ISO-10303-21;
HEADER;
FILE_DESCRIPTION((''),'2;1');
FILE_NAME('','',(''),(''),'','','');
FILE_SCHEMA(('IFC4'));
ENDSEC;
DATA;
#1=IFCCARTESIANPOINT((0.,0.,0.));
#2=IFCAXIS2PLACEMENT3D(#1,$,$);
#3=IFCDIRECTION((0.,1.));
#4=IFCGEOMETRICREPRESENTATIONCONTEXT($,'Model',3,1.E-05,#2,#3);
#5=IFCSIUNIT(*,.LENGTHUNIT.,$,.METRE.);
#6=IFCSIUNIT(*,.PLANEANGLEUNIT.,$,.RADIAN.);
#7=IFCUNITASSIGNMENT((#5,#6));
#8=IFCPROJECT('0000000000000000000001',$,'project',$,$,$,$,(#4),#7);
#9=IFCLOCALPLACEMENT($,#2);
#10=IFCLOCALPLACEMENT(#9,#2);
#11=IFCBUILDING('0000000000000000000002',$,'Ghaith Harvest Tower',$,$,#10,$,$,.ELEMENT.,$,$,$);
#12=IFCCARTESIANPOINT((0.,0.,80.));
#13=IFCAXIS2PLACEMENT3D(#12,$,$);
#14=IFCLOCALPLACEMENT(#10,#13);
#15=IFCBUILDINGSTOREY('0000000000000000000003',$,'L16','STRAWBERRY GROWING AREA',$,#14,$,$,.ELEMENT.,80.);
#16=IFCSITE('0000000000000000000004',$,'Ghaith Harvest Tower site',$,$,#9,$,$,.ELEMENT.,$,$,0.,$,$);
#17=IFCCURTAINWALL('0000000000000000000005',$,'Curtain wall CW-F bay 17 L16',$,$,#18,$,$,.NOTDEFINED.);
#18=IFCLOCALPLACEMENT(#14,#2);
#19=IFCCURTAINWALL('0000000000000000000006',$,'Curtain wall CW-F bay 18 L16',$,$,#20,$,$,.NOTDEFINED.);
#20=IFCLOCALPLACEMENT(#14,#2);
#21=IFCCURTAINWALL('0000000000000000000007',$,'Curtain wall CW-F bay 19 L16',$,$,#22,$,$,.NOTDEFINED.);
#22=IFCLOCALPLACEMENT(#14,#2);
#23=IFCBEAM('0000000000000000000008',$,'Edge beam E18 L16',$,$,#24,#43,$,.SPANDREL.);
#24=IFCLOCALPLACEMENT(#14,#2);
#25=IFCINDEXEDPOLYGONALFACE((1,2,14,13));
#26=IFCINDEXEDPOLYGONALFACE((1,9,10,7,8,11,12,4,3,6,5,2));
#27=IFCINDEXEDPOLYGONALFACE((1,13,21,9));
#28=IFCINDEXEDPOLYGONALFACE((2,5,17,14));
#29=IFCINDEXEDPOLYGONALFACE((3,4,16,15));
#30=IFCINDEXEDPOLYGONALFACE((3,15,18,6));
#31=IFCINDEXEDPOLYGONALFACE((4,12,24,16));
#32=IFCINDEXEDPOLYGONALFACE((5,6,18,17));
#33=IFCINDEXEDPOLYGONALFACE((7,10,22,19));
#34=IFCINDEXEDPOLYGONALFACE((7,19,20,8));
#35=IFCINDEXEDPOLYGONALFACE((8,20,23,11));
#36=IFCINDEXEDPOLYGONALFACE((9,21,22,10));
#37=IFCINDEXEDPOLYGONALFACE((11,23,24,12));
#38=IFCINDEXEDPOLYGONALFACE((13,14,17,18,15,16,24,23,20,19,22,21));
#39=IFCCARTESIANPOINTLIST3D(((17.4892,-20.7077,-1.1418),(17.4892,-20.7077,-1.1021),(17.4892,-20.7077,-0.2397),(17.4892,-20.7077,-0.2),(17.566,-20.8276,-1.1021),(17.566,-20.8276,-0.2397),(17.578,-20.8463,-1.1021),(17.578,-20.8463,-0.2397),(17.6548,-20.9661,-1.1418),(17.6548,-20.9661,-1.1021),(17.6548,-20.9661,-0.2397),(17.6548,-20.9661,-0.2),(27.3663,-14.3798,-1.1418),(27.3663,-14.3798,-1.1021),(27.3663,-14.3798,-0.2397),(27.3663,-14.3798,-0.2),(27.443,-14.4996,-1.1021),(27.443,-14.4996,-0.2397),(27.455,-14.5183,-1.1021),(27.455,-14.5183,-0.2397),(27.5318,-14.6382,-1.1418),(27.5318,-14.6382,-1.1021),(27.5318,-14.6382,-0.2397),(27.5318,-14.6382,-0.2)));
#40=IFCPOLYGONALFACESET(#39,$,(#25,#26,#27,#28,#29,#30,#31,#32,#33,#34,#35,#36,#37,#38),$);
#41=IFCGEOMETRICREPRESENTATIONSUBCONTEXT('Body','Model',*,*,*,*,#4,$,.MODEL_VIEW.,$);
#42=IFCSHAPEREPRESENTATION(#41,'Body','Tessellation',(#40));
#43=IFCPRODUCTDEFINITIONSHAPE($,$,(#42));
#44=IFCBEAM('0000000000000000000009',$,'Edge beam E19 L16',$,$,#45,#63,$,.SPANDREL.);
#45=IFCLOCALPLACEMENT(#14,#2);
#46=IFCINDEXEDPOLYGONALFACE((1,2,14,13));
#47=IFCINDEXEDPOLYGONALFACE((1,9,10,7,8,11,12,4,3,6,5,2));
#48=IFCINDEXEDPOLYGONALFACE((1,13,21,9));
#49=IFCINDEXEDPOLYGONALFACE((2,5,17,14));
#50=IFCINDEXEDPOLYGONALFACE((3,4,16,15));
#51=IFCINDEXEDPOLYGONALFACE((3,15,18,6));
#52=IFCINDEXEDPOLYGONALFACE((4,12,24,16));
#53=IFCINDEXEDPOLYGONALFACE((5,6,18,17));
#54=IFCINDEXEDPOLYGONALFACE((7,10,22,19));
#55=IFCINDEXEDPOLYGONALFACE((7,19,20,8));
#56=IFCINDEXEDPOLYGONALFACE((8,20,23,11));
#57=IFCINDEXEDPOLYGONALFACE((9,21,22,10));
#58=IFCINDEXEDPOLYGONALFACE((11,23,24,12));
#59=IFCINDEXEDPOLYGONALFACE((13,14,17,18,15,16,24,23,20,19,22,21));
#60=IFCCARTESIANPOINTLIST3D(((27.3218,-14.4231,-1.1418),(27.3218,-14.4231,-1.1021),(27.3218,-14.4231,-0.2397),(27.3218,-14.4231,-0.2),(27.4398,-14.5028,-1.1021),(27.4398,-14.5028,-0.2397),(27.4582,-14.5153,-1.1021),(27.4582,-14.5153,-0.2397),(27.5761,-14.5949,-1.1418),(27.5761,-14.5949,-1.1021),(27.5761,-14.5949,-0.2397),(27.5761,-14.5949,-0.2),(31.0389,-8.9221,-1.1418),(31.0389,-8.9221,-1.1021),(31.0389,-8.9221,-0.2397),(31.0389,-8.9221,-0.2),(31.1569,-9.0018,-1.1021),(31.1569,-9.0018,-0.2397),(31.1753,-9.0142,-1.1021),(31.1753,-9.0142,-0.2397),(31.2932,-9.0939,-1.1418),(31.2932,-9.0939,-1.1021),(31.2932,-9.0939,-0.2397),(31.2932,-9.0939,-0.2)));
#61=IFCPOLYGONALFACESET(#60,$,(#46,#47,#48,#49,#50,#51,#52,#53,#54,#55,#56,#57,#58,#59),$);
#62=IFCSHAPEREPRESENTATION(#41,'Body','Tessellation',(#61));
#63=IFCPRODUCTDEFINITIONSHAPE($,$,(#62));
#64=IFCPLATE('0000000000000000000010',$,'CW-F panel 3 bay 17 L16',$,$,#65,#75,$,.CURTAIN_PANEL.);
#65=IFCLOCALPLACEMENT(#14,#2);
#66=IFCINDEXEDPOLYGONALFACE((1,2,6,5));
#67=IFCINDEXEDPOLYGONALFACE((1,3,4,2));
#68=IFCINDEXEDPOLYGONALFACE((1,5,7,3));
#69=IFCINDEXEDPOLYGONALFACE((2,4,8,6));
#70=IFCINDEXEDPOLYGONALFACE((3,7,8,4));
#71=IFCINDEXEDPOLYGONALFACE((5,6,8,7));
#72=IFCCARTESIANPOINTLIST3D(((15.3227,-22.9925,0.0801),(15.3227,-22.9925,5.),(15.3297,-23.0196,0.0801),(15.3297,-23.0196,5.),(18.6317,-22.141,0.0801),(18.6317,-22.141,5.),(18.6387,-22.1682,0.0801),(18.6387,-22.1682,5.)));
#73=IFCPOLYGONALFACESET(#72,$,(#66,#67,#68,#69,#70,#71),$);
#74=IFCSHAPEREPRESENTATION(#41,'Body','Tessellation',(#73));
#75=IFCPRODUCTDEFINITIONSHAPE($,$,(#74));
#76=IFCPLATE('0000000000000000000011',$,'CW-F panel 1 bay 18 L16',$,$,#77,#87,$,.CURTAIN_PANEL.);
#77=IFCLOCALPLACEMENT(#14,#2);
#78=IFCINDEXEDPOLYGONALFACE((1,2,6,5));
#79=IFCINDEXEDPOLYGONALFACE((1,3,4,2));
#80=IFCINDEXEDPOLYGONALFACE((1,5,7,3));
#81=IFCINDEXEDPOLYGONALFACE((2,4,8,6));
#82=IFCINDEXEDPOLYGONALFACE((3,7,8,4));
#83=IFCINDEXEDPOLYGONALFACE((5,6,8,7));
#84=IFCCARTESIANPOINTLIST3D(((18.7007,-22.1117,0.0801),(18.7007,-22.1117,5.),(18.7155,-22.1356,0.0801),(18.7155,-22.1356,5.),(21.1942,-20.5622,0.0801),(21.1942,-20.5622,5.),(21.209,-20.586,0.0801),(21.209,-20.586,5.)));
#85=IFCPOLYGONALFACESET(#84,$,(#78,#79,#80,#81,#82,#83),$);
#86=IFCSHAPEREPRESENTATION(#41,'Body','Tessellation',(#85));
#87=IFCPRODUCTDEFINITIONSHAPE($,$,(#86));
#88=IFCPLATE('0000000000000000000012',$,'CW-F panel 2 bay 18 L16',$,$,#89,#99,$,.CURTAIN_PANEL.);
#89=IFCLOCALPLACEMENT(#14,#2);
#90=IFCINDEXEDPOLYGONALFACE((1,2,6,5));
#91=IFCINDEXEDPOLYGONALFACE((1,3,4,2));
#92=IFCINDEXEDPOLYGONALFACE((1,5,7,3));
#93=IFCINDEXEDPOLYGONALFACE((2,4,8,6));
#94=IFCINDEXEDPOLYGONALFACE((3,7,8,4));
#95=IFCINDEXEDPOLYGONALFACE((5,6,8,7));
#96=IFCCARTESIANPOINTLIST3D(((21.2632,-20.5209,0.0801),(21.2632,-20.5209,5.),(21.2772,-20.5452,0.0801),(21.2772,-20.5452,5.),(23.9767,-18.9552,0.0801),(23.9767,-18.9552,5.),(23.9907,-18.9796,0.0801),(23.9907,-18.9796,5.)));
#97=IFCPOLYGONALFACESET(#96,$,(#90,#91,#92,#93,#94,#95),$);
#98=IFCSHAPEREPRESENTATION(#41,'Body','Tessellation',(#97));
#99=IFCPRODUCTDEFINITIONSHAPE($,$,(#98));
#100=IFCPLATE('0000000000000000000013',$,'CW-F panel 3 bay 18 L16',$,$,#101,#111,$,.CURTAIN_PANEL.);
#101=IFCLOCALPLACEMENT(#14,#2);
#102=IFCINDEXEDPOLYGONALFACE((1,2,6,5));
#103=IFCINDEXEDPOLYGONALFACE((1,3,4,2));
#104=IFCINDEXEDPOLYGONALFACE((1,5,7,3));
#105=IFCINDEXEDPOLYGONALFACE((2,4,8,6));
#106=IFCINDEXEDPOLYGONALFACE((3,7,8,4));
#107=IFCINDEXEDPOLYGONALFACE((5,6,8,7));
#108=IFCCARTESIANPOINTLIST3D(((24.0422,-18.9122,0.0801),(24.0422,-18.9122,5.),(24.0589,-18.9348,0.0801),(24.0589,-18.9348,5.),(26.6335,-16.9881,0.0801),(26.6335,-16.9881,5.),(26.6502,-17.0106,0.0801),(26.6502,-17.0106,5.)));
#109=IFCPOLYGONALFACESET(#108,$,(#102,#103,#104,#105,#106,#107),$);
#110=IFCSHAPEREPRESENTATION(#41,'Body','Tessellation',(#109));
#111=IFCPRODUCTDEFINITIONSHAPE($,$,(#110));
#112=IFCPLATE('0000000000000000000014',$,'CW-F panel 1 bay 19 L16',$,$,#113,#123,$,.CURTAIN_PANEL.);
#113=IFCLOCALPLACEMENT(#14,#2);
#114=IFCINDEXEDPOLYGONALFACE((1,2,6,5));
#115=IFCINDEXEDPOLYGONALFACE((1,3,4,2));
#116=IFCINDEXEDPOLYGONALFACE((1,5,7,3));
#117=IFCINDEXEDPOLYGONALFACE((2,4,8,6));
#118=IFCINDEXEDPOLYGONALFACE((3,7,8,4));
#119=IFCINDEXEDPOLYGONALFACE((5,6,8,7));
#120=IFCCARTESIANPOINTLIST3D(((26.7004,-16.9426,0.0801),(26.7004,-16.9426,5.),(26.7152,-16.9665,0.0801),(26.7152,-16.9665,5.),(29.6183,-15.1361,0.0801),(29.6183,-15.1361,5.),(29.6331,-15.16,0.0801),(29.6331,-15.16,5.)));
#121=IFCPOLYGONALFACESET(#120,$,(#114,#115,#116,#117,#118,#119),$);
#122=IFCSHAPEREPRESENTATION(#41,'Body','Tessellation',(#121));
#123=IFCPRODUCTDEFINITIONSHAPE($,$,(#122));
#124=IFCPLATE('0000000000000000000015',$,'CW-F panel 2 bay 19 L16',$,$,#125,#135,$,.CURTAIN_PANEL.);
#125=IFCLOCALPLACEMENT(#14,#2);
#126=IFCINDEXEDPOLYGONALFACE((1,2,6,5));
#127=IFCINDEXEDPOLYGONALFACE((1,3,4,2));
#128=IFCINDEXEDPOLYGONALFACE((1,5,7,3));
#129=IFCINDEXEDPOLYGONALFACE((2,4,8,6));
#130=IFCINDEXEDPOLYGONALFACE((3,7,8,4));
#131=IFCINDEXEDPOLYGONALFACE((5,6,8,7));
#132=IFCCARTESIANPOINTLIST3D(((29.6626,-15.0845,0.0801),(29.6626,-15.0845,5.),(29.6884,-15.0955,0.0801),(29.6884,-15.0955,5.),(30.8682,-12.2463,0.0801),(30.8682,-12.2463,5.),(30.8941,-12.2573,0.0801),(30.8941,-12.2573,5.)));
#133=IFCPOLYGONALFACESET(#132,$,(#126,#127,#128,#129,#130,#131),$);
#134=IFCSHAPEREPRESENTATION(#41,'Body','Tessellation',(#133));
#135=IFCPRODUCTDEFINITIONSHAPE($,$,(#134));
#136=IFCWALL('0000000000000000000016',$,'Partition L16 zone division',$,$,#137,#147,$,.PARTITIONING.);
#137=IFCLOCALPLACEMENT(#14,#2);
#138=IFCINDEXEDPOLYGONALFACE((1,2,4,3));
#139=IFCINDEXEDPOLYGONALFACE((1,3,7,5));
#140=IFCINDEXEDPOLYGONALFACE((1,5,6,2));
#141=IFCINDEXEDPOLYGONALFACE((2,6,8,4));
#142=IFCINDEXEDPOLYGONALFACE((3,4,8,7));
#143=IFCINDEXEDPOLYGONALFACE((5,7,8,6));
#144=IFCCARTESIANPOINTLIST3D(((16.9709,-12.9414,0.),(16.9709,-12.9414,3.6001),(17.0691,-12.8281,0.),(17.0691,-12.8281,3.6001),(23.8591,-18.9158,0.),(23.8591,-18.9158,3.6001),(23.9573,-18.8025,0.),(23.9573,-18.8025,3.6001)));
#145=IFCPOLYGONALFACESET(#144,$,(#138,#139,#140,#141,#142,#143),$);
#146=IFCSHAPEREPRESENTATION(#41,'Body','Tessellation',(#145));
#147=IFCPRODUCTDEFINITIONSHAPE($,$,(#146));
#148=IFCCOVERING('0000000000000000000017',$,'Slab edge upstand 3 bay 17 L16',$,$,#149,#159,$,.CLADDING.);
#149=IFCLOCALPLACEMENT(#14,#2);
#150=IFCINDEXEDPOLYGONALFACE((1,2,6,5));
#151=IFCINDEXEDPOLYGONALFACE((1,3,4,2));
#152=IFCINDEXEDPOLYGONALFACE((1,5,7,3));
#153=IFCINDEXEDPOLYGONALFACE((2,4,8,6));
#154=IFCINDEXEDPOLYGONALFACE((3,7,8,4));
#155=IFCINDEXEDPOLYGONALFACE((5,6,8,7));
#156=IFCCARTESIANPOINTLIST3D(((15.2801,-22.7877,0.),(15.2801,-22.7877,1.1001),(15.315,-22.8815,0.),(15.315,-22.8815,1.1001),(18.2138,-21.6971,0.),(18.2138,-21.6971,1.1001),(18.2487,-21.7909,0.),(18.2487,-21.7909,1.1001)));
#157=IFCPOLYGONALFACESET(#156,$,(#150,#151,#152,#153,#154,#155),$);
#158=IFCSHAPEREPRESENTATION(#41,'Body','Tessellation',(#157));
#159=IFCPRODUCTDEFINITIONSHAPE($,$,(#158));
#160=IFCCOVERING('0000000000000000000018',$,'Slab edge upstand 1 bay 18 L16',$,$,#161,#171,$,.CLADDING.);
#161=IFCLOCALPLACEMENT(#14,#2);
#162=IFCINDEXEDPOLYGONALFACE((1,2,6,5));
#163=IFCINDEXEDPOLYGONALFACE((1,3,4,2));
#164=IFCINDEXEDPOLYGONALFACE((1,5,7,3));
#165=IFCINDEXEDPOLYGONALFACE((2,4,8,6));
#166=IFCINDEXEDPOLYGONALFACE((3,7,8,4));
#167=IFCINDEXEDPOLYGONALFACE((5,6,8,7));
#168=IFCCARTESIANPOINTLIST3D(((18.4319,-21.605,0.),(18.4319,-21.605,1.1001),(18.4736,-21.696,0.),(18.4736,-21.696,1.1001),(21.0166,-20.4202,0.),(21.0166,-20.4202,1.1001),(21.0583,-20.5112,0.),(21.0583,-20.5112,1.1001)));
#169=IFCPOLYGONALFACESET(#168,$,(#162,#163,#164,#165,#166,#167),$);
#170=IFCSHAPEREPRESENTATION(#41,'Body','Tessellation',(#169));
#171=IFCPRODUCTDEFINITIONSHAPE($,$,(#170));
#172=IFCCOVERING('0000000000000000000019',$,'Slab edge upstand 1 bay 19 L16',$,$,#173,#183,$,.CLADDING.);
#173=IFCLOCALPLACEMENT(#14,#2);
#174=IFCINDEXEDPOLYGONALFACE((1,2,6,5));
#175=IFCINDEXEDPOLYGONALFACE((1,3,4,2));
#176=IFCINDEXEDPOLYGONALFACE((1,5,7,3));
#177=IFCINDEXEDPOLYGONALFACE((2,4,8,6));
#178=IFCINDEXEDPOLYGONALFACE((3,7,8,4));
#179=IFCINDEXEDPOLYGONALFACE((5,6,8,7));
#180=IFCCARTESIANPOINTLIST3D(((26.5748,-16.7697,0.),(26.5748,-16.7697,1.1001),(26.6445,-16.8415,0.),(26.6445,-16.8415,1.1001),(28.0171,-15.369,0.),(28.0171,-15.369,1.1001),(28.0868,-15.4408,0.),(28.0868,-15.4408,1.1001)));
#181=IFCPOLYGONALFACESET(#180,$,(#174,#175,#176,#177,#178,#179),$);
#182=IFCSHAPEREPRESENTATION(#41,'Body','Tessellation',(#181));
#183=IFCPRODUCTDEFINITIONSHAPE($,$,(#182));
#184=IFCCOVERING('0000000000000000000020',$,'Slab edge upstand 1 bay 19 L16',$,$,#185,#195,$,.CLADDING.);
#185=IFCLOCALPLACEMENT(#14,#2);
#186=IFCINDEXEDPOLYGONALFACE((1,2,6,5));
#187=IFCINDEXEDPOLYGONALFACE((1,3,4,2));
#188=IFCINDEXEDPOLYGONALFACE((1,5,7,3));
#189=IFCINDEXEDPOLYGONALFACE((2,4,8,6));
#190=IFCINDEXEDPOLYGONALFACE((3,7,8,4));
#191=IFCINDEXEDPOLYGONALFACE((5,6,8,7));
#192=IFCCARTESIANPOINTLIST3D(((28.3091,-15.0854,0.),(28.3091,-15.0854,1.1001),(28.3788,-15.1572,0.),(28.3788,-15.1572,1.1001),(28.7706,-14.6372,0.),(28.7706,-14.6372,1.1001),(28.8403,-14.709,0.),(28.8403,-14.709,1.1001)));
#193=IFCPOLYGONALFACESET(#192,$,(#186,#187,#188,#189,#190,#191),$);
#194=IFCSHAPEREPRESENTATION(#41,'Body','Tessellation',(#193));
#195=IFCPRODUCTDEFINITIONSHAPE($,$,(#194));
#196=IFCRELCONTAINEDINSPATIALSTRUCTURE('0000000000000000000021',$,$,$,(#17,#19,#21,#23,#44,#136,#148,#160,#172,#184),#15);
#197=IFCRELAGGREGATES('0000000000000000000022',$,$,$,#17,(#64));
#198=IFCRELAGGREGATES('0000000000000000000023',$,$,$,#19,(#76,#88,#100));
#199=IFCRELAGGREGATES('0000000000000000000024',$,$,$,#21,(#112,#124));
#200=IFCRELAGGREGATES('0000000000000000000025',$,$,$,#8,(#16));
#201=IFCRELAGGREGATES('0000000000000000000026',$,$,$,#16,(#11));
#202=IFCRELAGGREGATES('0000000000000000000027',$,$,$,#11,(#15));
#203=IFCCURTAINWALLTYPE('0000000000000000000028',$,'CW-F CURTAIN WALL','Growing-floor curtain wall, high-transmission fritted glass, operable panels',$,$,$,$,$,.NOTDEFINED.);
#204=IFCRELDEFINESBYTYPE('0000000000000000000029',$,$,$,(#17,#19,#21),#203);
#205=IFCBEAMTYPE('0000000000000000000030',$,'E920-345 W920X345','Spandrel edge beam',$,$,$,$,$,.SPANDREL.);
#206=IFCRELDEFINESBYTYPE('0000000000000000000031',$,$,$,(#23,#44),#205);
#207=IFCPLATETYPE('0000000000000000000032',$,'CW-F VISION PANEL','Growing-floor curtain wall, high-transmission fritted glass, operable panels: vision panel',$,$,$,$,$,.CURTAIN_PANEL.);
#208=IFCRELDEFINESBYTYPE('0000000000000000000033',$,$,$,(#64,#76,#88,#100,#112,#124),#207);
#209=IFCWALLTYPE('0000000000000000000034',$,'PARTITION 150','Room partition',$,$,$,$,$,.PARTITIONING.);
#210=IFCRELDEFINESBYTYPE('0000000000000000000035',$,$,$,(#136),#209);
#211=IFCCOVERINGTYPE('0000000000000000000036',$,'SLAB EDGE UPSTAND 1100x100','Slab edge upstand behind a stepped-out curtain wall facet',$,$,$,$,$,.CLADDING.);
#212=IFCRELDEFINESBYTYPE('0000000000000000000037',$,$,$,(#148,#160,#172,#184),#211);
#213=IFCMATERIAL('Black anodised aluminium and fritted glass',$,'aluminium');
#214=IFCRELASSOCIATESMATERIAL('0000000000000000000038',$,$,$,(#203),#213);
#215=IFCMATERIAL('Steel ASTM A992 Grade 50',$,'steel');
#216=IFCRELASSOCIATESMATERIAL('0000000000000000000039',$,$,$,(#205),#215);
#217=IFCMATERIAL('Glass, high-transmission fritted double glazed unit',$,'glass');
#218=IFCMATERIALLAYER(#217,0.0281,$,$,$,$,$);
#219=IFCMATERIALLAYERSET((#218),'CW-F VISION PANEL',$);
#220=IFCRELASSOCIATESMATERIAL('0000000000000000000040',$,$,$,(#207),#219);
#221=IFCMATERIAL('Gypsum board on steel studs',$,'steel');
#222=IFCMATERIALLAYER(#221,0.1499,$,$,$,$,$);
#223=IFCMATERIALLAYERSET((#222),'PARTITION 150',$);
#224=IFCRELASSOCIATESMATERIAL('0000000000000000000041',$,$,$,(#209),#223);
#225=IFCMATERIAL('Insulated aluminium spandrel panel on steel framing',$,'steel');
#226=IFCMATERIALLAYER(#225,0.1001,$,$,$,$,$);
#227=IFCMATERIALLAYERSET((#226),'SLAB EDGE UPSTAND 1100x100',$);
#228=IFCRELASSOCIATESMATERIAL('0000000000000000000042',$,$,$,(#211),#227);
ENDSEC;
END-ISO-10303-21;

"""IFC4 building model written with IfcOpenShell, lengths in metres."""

from ifc_helpers import new_model, si_unit, direction, frame, frame_2d, origin, origin_2d, place, context, subcontext, project, spatial, rectangle, i_section, extrude, material, layer, layer_set, material_profile, profile_set, type_object, element, aggregate, save


model = new_model("IFC4")

# Units and contexts
model_context = context("Model", 3, precision=1e-05, world=origin(), true_north=direction((0.0, 1.0)))
body_context = subcontext(model_context, "Body", "Model", "MODEL_VIEW")
ifc_project = project(units=[si_unit("LENGTHUNIT", "METRE"), si_unit("PLANEANGLEUNIT", "RADIAN")], contexts=[model_context])

# Site, building, storey
site_placement = place(None, origin())
site = spatial("IfcSite", under=ifc_project, at=site_placement, Name="Ghaith Harvest Tower site", CompositionType="ELEMENT", RefElevation=0.0)
building_placement = place(site_placement, origin())
building = spatial("IfcBuilding", under=site, at=building_placement, Name="Ghaith Harvest Tower", CompositionType="ELEMENT")
storey_placement = place(building_placement, frame((0.0, 0.0, 80.0)))
storey = spatial("IfcBuildingStorey", under=building, at=storey_placement, Name="L16", Description="STRAWBERRY GROWING AREA", CompositionType="ELEMENT", Elevation=80.0)

# Curtain wall
ifc_material_1 = material(Name="Black anodised aluminium and fritted glass", Category="aluminium")
curtain_wall_type = type_object("IfcCurtainWallType", Name="CW-F CURTAIN WALL", Description="Growing-floor curtain wall, high-transmission fritted glass, operable panels", PredefinedType="NOTDEFINED", material=ifc_material_1)
curtain_wall_1_placement = place(storey_placement, origin())
curtain_wall_1 = element("IfcCurtainWall", 1, at=curtain_wall_1_placement, inside=storey, type_object=curtain_wall_type, Name="Curtain wall CW-F bay 17 L16", PredefinedType="NOTDEFINED")

# Curtain walls
curtain_wall_2_placement = place(storey_placement, origin())
curtain_wall_2 = element("IfcCurtainWall", 2, at=curtain_wall_2_placement, inside=storey, type_object=curtain_wall_type, Name="Curtain wall CW-F bay 18 L16", PredefinedType="NOTDEFINED")
curtain_wall_3_placement = place(storey_placement, origin())
curtain_wall_3 = element("IfcCurtainWall", 3, at=curtain_wall_3_placement, inside=storey, type_object=curtain_wall_type, Name="Curtain wall CW-F bay 19 L16", PredefinedType="NOTDEFINED")

# Beams
ifc_material_2 = material(Name="Steel ASTM A992 Grade 50", Category="steel")
ifc_material_profile_1 = material_profile(ifc_material_2, i_section(OverallWidth=0.3069, OverallDepth=0.9419, WebThickness=0.0222, FlangeThickness=0.0398, at=origin_2d()), Name="W920X345")
ifc_profile_set_1 = profile_set([ifc_material_profile_1], Name="Steel ASTM A992 Grade 50")
beam_type = type_object("IfcBeamType", Name="E920-345 W920X345", Description="Spandrel edge beam", PredefinedType="SPANDREL", material=ifc_profile_set_1)
beam_1_placement = place(storey_placement, frame((17.572, -20.8369, -0.6709), z_axis=(0.842015, 0.539455, 0.0), x_axis=(-0.539455, 0.842015, 0.0)))
element("IfcBeam", 4, at=beam_1_placement, inside=storey, type_object=beam_type, Name="Edge beam E18 L16", PredefinedType="SPANDREL", context=body_context, shape_type="SweptSolid", body=[
    extrude(i_section(OverallWidth=0.3069, OverallDepth=0.9419, WebThickness=0.0222, FlangeThickness=0.0398, at=origin_2d()), origin(), (0.0, 0.0, 1.0), 11.7302),
])
beam_2_placement = place(storey_placement, frame((27.449, -14.509, -0.6709), z_axis=(0.559874, 0.828577, 0.0), x_axis=(-0.828577, 0.559874, 0.0)))
element("IfcBeam", 5, at=beam_2_placement, inside=storey, type_object=beam_type, Name="Edge beam E19 L16", PredefinedType="SPANDREL", context=body_context, shape_type="SweptSolid", body=[
    extrude(i_section(OverallWidth=0.3069, OverallDepth=0.9419, WebThickness=0.0222, FlangeThickness=0.0398, at=origin_2d()), origin(), (0.0, 0.0, 1.0), 6.6392),
])

# Plates
ifc_material_3 = material(Name="Glass, high-transmission fritted double glazed unit", Category="glass")
ifc_layer_1 = layer(ifc_material_3, 0.0281)
ifc_layer_set_1 = layer_set([ifc_layer_1], Name="CW-F VISION PANEL")
plate_type = type_object("IfcPlateType", Name="CW-F VISION PANEL", Description="Growing-floor curtain wall, high-transmission fritted glass, operable panels: vision panel", PredefinedType="CURTAIN_PANEL", material=ifc_layer_set_1)
plate_1_placement = place(storey_placement, frame((16.9807, -22.5803, 0.0801), z_axis=(0.0, 0.0, 1.0), x_axis=(0.968451, 0.249202, 0.0)))
plate_1 = element("IfcPlate", 6, at=plate_1_placement, type_object=plate_type, Name="CW-F panel 3 bay 17 L16", PredefinedType="CURTAIN_PANEL", context=body_context, shape_type="SweptSolid", body=[
    extrude(rectangle(XDim=3.4167, YDim=0.0281, at=origin_2d()), origin(), (0.0, 0.0, 1.0), 4.9199),
])
aggregate(curtain_wall_1, [plate_1])
plate_2_placement = place(storey_placement, frame((19.9548, -21.3489, 0.0801), z_axis=(0.0, 0.0, 1.0), x_axis=(0.849361, 0.527813, 0.0)))
plate_2 = element("IfcPlate", 7, at=plate_2_placement, type_object=plate_type, Name="CW-F panel 1 bay 18 L16", PredefinedType="CURTAIN_PANEL", context=body_context, shape_type="SweptSolid", body=[
    extrude(rectangle(XDim=2.9358, YDim=0.0281, at=origin_2d()), origin(), (0.0, 0.0, 1.0), 4.9199),
])
plate_3_placement = place(storey_placement, frame((22.627, -19.7502, 0.0801), z_axis=(0.0, 0.0, 1.0), x_axis=(0.866159, 0.499768, 0.0)))
plate_3 = element("IfcPlate", 8, at=plate_3_placement, type_object=plate_type, Name="CW-F panel 2 bay 18 L16", PredefinedType="CURTAIN_PANEL", context=body_context, shape_type="SweptSolid", body=[
    extrude(rectangle(XDim=3.1328, YDim=0.0281, at=origin_2d()), origin(), (0.0, 0.0, 1.0), 4.9199),
])
plate_4_placement = place(storey_placement, frame((25.3462, -17.9614, 0.0801), z_axis=(0.0, 0.0, 1.0), x_axis=(0.802867, 0.596158, 0.0)))
plate_4 = element("IfcPlate", 9, at=plate_4_placement, type_object=plate_type, Name="CW-F panel 3 bay 18 L16", PredefinedType="CURTAIN_PANEL", context=body_context, shape_type="SweptSolid", body=[
    extrude(rectangle(XDim=3.2275, YDim=0.0281, at=origin_2d()), origin(), (0.0, 0.0, 1.0), 4.9199),
])
aggregate(curtain_wall_2, [plate_2, plate_3, plate_4])
plate_5_placement = place(storey_placement, frame((28.1667, -16.0513, 0.0801), z_axis=(0.0, 0.0, 1.0), x_axis=(0.850246, 0.526386, 0.0)))
plate_5 = element("IfcPlate", 10, at=plate_5_placement, type_object=plate_type, Name="CW-F panel 1 bay 19 L16", PredefinedType="CURTAIN_PANEL", context=body_context, shape_type="SweptSolid", body=[
    extrude(rectangle(XDim=3.4319, YDim=0.0281, at=origin_2d()), origin(), (0.0, 0.0, 1.0), 4.9199),
])
plate_6_placement = place(storey_placement, frame((30.2783, -13.6709, 0.0801), z_axis=(0.0, 0.0, 1.0), x_axis=(0.39098, 0.920399, 0.0)))
plate_6 = element("IfcPlate", 11, at=plate_6_placement, type_object=plate_type, Name="CW-F panel 2 bay 19 L16", PredefinedType="CURTAIN_PANEL", context=body_context, shape_type="SweptSolid", body=[
    extrude(rectangle(XDim=3.0837, YDim=0.0281, at=origin_2d()), origin(), (0.0, 0.0, 1.0), 4.9199),
])
aggregate(curtain_wall_3, [plate_5, plate_6])

# Wall
ifc_material_4 = material(Name="Gypsum board on steel studs", Category="steel")
ifc_layer_2 = layer(ifc_material_4, 0.1499)
ifc_layer_set_2 = layer_set([ifc_layer_2], Name="PARTITION 150")
wall_type = type_object("IfcWallType", Name="PARTITION 150", Description="Room partition", PredefinedType="PARTITIONING", material=ifc_layer_set_2)
wall_placement = place(storey_placement, frame((17.02, -12.8848, 0.0), z_axis=(0.0, 0.0, 1.0), x_axis=(0.755439, -0.655219, 0.0)))
element("IfcWall", 12, at=wall_placement, inside=storey, type_object=wall_type, Name="Partition L16 zone division", PredefinedType="PARTITIONING", context=body_context, shape_type="SweptSolid", body=[
    extrude(rectangle(XDim=9.1182, YDim=0.1499, at=frame_2d((4.5591, 0.0))), origin(), (0.0, 0.0, 1.0), 3.6001),
])

# Coverings
ifc_material_5 = material(Name="Insulated aluminium spandrel panel on steel framing", Category="steel")
ifc_layer_3 = layer(ifc_material_5, 0.1001)
ifc_layer_set_3 = layer_set([ifc_layer_3], Name="SLAB EDGE UPSTAND 1100x100")
covering_type = type_object("IfcCoveringType", Name="SLAB EDGE UPSTAND 1100x100", Description="Slab edge upstand behind a stepped-out curtain wall facet", PredefinedType="CLADDING", material=ifc_layer_set_3)
covering_1_placement = place(storey_placement, frame((16.7644, -22.2893, 0.0), z_axis=(0.0, 0.0, 1.0), x_axis=(0.937332, 0.348438, 0.0)))
element("IfcCovering", 13, at=covering_1_placement, inside=storey, type_object=covering_type, Name="Slab edge upstand 3 bay 17 L16", PredefinedType="CLADDING", context=body_context, shape_type="SweptSolid", body=[
    extrude(rectangle(XDim=3.1299, YDim=0.1001, at=origin_2d()), origin(), (0.0, 0.0, 1.0), 1.1001),
])
covering_2_placement = place(storey_placement, frame((19.7451, -21.0581, 0.0), z_axis=(0.0, 0.0, 1.0), x_axis=(0.909046, 0.416696, 0.0)))
element("IfcCovering", 14, at=covering_2_placement, inside=storey, type_object=covering_type, Name="Slab edge upstand 1 bay 18 L16", PredefinedType="CLADDING", context=body_context, shape_type="SweptSolid", body=[
    extrude(rectangle(XDim=2.8433, YDim=0.1001, at=origin_2d()), origin(), (0.0, 0.0, 1.0), 1.1001),
])
covering_3_placement = place(storey_placement, frame((27.3308, -16.1052, 0.0), z_axis=(0.0, 0.0, 1.0), x_axis=(0.717386, 0.696675, 0.0)))
element("IfcCovering", 15, at=covering_3_placement, inside=storey, type_object=covering_type, Name="Slab edge upstand 1 bay 19 L16", PredefinedType="CLADDING", context=body_context, shape_type="SweptSolid", body=[
    extrude(rectangle(XDim=2.0105, YDim=0.1001, at=origin_2d()), origin(), (0.0, 0.0, 1.0), 1.1001),
])
covering_4_placement = place(storey_placement, frame((28.5747, -14.8972, 0.0), z_axis=(0.0, 0.0, 1.0), x_axis=(0.717386, 0.696675, 0.0)))
element("IfcCovering", 16, at=covering_4_placement, inside=storey, type_object=covering_type, Name="Slab edge upstand 1 bay 19 L16", PredefinedType="CLADDING", context=body_context, shape_type="SweptSolid", body=[
    extrude(rectangle(XDim=0.6433, YDim=0.1001, at=origin_2d()), origin(), (0.0, 0.0, 1.0), 1.1001),
])

save(model, "model.ifc")
